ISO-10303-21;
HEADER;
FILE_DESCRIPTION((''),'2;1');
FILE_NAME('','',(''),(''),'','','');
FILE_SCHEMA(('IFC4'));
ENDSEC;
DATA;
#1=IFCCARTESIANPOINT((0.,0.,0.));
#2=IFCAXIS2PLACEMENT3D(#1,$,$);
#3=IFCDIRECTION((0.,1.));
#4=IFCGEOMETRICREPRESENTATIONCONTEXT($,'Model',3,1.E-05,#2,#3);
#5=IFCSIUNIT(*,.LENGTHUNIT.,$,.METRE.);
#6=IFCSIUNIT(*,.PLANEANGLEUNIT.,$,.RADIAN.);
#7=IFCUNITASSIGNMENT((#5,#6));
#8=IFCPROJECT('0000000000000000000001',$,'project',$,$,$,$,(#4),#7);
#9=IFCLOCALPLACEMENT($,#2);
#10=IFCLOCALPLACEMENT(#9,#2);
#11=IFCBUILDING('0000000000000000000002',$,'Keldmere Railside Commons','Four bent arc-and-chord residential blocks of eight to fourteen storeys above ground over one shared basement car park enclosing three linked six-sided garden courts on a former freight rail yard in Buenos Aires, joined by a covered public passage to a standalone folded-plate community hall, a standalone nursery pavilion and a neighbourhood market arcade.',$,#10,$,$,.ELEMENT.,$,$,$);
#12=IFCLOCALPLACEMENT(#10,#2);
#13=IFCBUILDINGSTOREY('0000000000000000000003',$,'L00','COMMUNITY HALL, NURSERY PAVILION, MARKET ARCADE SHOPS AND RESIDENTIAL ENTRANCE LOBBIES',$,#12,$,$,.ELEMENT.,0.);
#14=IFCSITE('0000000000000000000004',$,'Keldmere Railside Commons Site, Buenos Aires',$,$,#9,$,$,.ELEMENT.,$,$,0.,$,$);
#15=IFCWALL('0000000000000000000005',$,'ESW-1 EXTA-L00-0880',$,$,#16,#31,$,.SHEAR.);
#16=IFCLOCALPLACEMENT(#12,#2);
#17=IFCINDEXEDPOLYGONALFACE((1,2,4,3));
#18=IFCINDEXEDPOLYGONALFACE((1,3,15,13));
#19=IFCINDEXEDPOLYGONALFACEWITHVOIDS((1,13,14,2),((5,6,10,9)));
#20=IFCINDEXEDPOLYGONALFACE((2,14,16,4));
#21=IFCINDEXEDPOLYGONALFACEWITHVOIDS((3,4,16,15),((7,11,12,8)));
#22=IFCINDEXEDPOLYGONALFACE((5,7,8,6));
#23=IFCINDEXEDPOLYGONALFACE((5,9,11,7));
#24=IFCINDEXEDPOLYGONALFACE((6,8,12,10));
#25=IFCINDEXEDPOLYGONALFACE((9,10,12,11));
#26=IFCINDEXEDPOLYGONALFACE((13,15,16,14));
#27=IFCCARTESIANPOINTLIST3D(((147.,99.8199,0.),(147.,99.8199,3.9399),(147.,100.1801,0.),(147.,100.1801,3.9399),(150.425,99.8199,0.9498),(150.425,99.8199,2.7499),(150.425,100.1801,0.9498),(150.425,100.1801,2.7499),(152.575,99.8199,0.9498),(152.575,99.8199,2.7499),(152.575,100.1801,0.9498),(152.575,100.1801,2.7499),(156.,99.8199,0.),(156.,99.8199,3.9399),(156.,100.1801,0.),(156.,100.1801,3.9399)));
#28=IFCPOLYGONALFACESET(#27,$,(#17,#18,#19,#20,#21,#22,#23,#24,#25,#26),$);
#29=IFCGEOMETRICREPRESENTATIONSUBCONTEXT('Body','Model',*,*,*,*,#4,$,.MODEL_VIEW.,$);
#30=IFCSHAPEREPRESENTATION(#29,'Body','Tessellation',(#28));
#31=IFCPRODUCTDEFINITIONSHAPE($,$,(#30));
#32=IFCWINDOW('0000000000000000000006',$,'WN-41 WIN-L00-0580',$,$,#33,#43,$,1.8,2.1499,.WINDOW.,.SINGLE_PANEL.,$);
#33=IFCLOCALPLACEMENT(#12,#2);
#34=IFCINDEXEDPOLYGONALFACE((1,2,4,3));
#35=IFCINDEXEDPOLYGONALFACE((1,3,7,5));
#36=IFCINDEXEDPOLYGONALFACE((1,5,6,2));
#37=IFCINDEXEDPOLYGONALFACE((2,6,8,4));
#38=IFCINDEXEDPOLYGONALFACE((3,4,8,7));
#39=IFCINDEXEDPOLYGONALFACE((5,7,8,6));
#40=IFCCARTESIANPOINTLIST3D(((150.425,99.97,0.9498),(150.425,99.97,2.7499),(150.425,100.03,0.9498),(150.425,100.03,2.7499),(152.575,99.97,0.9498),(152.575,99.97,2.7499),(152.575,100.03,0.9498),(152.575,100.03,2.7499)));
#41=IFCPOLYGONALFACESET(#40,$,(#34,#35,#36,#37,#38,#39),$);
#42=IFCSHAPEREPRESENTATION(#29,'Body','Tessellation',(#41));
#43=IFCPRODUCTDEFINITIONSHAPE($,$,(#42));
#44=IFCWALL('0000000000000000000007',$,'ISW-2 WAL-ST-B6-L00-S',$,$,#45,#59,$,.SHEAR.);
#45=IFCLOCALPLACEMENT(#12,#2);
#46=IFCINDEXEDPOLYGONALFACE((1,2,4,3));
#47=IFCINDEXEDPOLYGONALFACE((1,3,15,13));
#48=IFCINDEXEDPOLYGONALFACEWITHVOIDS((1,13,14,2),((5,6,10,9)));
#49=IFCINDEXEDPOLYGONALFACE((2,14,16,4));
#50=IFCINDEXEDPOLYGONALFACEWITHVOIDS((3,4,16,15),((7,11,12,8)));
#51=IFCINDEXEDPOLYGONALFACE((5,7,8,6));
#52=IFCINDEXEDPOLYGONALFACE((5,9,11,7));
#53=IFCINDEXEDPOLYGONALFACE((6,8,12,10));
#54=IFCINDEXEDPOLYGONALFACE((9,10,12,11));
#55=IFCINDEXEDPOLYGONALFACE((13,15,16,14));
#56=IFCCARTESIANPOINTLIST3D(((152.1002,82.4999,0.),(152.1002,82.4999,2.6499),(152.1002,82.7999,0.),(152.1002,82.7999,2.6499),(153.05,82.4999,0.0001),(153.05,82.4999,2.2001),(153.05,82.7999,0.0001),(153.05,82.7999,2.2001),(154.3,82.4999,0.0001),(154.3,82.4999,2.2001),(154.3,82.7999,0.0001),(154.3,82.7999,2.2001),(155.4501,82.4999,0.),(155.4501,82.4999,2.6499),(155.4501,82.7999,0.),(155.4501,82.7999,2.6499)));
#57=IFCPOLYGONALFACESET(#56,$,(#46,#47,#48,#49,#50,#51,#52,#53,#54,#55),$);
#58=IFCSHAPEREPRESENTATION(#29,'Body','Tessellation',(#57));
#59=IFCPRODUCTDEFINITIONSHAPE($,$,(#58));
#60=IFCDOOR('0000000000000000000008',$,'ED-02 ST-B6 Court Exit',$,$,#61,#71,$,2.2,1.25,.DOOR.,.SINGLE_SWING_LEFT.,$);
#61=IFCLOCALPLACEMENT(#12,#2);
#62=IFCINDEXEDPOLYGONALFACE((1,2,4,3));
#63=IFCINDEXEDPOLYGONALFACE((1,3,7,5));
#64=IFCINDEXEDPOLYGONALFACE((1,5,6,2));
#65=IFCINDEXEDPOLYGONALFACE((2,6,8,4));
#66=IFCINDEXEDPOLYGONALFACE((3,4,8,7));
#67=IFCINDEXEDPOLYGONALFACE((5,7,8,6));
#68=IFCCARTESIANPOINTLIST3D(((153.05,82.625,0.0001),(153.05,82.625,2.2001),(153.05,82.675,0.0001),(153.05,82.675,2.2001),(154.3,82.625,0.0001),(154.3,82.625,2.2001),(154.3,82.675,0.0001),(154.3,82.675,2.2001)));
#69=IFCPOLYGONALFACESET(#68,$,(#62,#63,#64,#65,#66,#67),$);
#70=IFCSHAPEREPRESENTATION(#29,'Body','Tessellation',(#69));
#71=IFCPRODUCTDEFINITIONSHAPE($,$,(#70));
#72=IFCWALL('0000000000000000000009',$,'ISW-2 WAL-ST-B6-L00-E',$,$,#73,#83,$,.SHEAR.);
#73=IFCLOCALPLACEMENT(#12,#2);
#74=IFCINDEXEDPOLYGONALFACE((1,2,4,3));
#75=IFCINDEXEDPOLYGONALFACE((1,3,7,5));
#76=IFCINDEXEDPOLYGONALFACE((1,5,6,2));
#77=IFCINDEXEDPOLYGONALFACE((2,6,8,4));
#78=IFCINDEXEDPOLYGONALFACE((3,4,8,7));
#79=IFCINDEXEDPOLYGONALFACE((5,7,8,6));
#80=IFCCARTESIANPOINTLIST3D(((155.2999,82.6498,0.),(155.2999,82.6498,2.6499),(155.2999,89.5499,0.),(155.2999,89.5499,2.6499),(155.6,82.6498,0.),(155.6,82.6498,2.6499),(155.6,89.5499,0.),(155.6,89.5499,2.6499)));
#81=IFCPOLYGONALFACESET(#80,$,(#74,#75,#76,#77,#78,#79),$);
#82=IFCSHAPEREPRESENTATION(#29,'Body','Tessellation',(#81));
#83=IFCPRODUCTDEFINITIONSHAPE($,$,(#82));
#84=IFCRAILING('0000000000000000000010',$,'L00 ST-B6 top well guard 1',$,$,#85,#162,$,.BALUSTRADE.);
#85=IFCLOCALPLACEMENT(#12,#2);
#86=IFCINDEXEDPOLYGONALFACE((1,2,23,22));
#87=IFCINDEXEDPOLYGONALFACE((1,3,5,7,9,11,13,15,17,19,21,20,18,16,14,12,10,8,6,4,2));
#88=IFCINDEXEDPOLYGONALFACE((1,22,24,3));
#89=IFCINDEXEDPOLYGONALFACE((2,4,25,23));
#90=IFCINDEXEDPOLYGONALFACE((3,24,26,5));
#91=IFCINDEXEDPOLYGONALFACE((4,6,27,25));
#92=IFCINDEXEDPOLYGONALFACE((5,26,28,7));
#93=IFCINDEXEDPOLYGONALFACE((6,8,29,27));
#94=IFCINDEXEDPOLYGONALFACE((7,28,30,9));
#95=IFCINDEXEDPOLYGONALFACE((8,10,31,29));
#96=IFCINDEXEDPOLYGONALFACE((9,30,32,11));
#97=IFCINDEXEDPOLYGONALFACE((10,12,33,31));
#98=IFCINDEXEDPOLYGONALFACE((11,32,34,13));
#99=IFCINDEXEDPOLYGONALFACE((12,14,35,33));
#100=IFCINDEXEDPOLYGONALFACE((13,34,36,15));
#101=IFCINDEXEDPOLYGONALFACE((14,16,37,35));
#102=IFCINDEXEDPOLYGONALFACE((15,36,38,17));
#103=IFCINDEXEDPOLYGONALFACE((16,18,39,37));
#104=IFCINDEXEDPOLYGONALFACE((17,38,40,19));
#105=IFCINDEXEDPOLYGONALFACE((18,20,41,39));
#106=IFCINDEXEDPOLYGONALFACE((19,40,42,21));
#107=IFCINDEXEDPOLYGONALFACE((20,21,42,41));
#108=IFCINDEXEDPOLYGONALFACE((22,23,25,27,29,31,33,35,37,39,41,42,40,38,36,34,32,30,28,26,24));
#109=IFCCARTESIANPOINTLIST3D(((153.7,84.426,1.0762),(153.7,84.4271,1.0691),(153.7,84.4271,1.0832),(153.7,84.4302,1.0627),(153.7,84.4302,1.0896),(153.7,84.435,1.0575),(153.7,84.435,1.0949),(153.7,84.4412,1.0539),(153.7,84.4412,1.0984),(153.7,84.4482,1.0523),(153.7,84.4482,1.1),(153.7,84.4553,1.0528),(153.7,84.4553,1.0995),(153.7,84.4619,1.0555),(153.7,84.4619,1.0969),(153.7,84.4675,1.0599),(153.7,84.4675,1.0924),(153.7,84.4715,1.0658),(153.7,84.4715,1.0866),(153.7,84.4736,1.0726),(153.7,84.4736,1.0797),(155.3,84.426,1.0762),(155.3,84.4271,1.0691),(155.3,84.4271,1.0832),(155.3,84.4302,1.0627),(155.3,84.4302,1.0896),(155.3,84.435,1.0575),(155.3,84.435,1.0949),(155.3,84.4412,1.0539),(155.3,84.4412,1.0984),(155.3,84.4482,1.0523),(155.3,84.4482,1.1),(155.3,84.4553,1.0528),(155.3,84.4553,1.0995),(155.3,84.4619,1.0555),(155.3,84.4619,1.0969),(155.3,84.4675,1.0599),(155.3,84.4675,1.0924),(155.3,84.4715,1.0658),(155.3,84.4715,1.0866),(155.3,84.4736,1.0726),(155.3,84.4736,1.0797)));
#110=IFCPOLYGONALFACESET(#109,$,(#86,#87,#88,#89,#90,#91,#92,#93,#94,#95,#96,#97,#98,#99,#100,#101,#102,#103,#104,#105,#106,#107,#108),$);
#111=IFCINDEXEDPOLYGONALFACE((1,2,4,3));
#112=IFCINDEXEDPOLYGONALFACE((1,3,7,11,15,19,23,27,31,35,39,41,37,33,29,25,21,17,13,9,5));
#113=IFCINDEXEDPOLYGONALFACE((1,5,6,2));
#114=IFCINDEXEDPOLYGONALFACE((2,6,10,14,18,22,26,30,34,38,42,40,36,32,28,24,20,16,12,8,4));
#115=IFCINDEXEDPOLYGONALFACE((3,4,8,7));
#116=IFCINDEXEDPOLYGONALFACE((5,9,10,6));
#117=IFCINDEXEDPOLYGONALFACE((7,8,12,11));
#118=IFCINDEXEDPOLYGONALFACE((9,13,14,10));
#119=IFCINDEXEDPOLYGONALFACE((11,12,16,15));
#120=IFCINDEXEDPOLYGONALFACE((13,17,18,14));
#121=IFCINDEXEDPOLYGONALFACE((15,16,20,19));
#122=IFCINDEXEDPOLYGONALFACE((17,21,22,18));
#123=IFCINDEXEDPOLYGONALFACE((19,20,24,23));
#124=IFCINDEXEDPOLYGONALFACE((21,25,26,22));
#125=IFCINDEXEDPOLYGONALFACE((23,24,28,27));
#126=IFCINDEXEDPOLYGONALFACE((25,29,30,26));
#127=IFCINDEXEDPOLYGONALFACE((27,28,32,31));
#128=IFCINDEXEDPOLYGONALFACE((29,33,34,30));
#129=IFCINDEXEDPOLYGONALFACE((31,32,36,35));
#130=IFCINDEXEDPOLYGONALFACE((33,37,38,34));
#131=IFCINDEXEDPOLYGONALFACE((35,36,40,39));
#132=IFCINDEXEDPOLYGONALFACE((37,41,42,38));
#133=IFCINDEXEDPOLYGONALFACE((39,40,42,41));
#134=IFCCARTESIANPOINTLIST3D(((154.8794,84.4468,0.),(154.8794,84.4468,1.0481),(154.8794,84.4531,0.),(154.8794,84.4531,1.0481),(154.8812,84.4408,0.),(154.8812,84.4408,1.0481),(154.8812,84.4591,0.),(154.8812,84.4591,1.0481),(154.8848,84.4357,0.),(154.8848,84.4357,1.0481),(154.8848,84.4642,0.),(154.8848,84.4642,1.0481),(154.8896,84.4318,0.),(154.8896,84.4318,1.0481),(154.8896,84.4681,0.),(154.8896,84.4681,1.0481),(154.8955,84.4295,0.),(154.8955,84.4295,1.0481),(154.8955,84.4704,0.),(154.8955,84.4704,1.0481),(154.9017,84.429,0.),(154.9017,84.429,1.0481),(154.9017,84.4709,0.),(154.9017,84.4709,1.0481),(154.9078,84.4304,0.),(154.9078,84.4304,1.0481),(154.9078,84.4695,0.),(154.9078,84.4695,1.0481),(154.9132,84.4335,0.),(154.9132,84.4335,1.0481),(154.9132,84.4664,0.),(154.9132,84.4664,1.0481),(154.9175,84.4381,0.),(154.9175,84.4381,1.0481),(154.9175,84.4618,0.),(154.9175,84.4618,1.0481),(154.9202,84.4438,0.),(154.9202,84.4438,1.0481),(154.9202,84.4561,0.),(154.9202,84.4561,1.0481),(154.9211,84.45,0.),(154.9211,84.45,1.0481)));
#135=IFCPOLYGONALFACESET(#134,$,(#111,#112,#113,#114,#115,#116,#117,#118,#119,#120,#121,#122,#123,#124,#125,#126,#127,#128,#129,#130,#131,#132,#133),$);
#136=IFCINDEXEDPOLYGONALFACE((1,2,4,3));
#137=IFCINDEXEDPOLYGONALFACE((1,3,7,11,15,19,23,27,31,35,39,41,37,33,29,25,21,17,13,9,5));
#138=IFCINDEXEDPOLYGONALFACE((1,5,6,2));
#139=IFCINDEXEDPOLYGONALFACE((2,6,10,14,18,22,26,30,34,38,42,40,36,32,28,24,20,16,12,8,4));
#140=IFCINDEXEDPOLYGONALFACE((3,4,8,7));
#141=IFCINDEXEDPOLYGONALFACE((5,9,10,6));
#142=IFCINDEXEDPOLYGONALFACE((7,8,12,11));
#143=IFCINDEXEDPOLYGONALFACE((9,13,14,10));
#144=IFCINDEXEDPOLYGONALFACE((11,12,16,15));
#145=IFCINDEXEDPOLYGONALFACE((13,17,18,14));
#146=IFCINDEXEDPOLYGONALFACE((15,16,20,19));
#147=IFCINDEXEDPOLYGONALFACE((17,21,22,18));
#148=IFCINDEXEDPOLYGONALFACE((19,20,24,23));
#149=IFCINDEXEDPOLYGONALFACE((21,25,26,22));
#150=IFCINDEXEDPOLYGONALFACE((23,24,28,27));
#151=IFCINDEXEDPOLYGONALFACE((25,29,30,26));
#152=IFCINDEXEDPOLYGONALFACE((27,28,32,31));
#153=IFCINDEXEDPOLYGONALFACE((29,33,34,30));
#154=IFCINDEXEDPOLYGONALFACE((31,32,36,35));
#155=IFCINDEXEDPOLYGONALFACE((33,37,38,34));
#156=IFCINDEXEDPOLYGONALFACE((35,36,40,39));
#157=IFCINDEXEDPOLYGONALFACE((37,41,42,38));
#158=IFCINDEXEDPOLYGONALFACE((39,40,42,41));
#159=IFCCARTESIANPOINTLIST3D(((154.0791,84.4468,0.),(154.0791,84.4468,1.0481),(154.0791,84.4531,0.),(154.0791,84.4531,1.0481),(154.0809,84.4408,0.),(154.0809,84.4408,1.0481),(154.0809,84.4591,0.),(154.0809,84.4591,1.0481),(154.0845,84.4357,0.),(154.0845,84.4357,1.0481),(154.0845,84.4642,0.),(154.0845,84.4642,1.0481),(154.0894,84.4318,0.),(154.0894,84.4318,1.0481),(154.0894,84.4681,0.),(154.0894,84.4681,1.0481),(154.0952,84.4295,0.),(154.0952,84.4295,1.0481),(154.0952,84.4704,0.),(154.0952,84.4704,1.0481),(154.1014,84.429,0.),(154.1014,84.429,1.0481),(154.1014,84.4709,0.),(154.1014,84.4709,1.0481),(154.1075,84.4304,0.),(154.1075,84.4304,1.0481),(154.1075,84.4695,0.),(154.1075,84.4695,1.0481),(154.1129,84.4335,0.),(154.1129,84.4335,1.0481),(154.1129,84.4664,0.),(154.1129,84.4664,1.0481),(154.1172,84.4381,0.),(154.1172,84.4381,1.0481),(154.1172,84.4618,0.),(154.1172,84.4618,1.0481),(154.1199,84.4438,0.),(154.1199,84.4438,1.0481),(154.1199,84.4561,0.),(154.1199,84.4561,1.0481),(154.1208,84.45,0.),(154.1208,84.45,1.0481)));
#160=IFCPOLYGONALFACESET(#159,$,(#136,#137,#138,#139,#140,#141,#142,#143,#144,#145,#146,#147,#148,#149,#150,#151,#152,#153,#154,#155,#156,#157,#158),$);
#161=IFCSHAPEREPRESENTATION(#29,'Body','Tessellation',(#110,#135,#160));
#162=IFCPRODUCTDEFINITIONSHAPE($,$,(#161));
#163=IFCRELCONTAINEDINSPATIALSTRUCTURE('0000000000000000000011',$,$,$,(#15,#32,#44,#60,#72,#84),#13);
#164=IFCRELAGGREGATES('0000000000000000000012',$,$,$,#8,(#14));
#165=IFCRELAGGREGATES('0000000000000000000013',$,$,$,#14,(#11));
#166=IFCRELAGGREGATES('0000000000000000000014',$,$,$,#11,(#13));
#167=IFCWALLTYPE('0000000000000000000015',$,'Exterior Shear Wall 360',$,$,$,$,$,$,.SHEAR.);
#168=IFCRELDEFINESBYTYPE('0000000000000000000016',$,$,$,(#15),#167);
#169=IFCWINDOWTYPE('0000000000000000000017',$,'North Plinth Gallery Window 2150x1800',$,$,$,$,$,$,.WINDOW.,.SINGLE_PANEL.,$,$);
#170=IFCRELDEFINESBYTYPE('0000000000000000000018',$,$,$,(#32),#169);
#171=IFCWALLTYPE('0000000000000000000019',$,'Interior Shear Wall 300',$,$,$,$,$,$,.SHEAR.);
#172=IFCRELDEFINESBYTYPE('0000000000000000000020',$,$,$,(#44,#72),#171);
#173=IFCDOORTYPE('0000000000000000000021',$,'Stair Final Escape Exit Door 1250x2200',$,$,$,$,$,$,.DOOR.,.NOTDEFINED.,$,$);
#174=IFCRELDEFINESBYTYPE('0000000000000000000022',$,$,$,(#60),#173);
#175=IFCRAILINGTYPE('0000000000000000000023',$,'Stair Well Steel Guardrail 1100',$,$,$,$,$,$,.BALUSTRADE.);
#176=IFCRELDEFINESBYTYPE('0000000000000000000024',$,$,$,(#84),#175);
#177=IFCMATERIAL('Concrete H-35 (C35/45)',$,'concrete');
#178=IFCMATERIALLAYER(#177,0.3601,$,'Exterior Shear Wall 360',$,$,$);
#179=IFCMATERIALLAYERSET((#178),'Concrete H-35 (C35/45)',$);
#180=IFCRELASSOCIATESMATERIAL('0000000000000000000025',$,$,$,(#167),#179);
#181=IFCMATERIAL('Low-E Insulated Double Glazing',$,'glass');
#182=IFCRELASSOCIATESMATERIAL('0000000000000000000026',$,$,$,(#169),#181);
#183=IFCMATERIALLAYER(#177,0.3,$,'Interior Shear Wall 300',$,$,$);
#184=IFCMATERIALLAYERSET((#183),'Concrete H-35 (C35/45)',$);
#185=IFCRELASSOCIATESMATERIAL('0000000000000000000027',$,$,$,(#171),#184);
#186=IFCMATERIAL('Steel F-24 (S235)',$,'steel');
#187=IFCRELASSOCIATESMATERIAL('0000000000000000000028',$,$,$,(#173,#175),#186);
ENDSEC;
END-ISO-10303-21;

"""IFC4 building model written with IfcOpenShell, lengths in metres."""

from ifc_helpers import new_model, si_unit, direction, frame, frame_2d, origin, origin_2d, place, context, subcontext, project, spatial, rectangle, circle, extrude, material, layer, layer_set, type_object, element, fill, save


model = new_model("IFC4")

# Units and contexts
model_context = context("Model", 3, precision=1e-05, world=origin(), true_north=direction((0.0, 1.0)))
body_context = subcontext(model_context, "Body", "Model", "MODEL_VIEW")
ifc_project = project(units=[si_unit("LENGTHUNIT", "METRE"), si_unit("PLANEANGLEUNIT", "RADIAN")], contexts=[model_context])

# Site, building, storey
site_placement = place(None, origin())
site = spatial("IfcSite", under=ifc_project, at=site_placement, Name="Keldmere Railside Commons Site, Buenos Aires", CompositionType="ELEMENT", RefElevation=0.0)
building_placement = place(site_placement, origin())
building = spatial("IfcBuilding", under=site, at=building_placement, Name="Keldmere Railside Commons", Description="Four bent arc-and-chord residential blocks of eight to fourteen storeys above ground over one shared basement car park enclosing three linked six-sided garden courts on a former freight rail yard in Buenos Aires, joined by a covered public passage to a standalone folded-plate community hall, a standalone nursery pavilion and a neighbourhood market arcade.", CompositionType="ELEMENT")
storey_placement = place(building_placement, origin())
storey = spatial("IfcBuildingStorey", under=building, at=storey_placement, Name="L00", Description="COMMUNITY HALL, NURSERY PAVILION, MARKET ARCADE SHOPS AND RESIDENTIAL ENTRANCE LOBBIES", CompositionType="ELEMENT", Elevation=0.0)

# Shared definitions
ifc_material_1 = material(Name="Low-E Insulated Double Glazing", Category="glass")

# Wall, opening, window
ifc_material_2 = material(Name="Concrete H-35 (C35/45)", Category="concrete")
ifc_layer_1 = layer(ifc_material_2, 0.3601, Name="Exterior Shear Wall 360")
ifc_layer_set_1 = layer_set([ifc_layer_1], Name="Concrete H-35 (C35/45)")
wall_type_1 = type_object("IfcWallType", Name="Exterior Shear Wall 360", PredefinedType="SHEAR", material=ifc_layer_set_1)
wall_1_placement = place(storey_placement, frame((156.0, 100.0, 0.0), z_axis=(0.0, 0.0, 1.0), x_axis=(-1.0, 0.0, 0.0)))
wall_1 = element("IfcWall", 1, at=wall_1_placement, inside=storey, type_object=wall_type_1, Name="ESW-1 EXTA-L00-0880", PredefinedType="SHEAR", context=body_context, shape_type="SweptSolid", body=[
    extrude(rectangle(XDim=9.0, YDim=0.3601, at=frame_2d((4.5, 0.0))), origin(), (0.0, 0.0, 1.0), 3.9399),
])
opening_1_placement = place(wall_1_placement, frame((3.425, 0.0, 0.95)))
opening_1 = element("IfcOpeningElement", 2, at=opening_1_placement, cuts=wall_1, PredefinedType="OPENING", context=body_context, shape_type="SweptSolid", body=[
    extrude(rectangle(XDim=2.1499, YDim=1.8, at=frame_2d((1.075, 0.8999))), frame((0.0, 0.1899, 0.0), z_axis=(0.0, -1.0, 0.0), x_axis=(1.0, 0.0, 0.0)), (0.0, 0.0, 1.0), 0.3801),
])
window_type = type_object("IfcWindowType", Name="North Plinth Gallery Window 2150x1800", PartitioningType="SINGLE_PANEL", PredefinedType="WINDOW", material=ifc_material_1)
window_placement = place(opening_1_placement, origin())
window = element("IfcWindow", 3, at=window_placement, inside=storey, type_object=window_type, Name="WN-41 WIN-L00-0580", OverallHeight=1.8, OverallWidth=2.1499, PartitioningType="SINGLE_PANEL", PredefinedType="WINDOW", context=body_context, shape_type="SweptSolid", body=[
    extrude(rectangle(XDim=2.1499, YDim=1.8, at=frame_2d((1.075, 0.8999))), frame((0.0, 0.03, 0.0), z_axis=(0.0, -1.0, 0.0), x_axis=(1.0, 0.0, 0.0)), (0.0, 0.0, 1.0), 0.0601),
])
fill(opening_1, window)

# Wall, opening, door
ifc_layer_2 = layer(ifc_material_2, 0.3, Name="Interior Shear Wall 300")
ifc_layer_set_2 = layer_set([ifc_layer_2], Name="Concrete H-35 (C35/45)")
wall_type_2 = type_object("IfcWallType", Name="Interior Shear Wall 300", PredefinedType="SHEAR", material=ifc_layer_set_2)
wall_2_placement = place(storey_placement, frame((155.45, 82.6499, 0.0), z_axis=(0.0, 0.0, 1.0), x_axis=(-1.0, 0.0, 0.0)))
wall_2 = element("IfcWall", 4, at=wall_2_placement, inside=storey, type_object=wall_type_2, Name="ISW-2 WAL-ST-B6-L00-S", PredefinedType="SHEAR", context=body_context, shape_type="SweptSolid", body=[
    extrude(rectangle(XDim=3.3499, YDim=0.3, at=frame_2d((1.6748, 0.0))), origin(), (0.0, 0.0, 1.0), 2.6499),
])
opening_2_placement = place(wall_2_placement, frame((1.1499, 0.0, 0.0)))
opening_2 = element("IfcOpeningElement", 5, at=opening_2_placement, cuts=wall_2, PredefinedType="OPENING", context=body_context, shape_type="SweptSolid", body=[
    extrude(rectangle(XDim=1.25, YDim=2.2, at=frame_2d((0.625, 1.1001))), frame((0.0, 0.1599, 0.0), z_axis=(0.0, -1.0, 0.0), x_axis=(1.0, 0.0, 0.0)), (0.0, 0.0, 1.0), 0.3201),
])
ifc_material_3 = material(Name="Steel F-24 (S235)", Category="steel")
door_type = type_object("IfcDoorType", Name="Stair Final Escape Exit Door 1250x2200", OperationType="NOTDEFINED", PredefinedType="DOOR", material=ifc_material_3)
door_placement = place(opening_2_placement, origin())
door = element("IfcDoor", 6, at=door_placement, inside=storey, type_object=door_type, Name="ED-02 ST-B6 Court Exit", OperationType="SINGLE_SWING_LEFT", OverallHeight=2.2, OverallWidth=1.25, PredefinedType="DOOR", context=body_context, shape_type="SweptSolid", body=[
    extrude(rectangle(XDim=1.25, YDim=2.2, at=frame_2d((0.625, 1.1001))), frame((0.0, 0.0249, 0.0), z_axis=(0.0, -1.0, 0.0), x_axis=(1.0, 0.0, 0.0)), (0.0, 0.0, 1.0), 0.05),
])
fill(opening_2, door)

# Wall
wall_3_placement = place(storey_placement, frame((155.45, 89.55, 0.0), z_axis=(0.0, 0.0, 1.0), x_axis=(0.0, -1.0, 0.0)))
element("IfcWall", 7, at=wall_3_placement, inside=storey, type_object=wall_type_2, Name="ISW-2 WAL-ST-B6-L00-E", PredefinedType="SHEAR", context=body_context, shape_type="SweptSolid", body=[
    extrude(rectangle(XDim=6.9001, YDim=0.3, at=frame_2d((3.4502, 0.0))), origin(), (0.0, 0.0, 1.0), 2.6499),
])

# Railing
railing_type = type_object("IfcRailingType", Name="Stair Well Steel Guardrail 1100", PredefinedType="BALUSTRADE", material=ifc_material_3)
railing_1_placement = place(storey_placement, frame((155.3, 84.45, 0.0)))
element("IfcRailing", 8, at=railing_1_placement, inside=storey, type_object=railing_type, Name="L00 ST-B6 top well guard 1", PredefinedType="BALUSTRADE", context=body_context, shape_type="SweptSolid", body=[
    extrude(circle(Radius=0.0239, at=origin_2d()), frame((0.0, 0.0, 1.0762), z_axis=(-1.0, 0.0, 0.0), x_axis=(0.0, -1.0, 0.0)), (0.0, 0.0, 1.0), 1.6001),
    extrude(circle(Radius=0.021, at=origin_2d()), frame((-0.3999, 0.0, 0.0)), (0.0, 0.0, 1.0), 1.0481),
    extrude(circle(Radius=0.021, at=origin_2d()), frame((-1.2002, 0.0, 0.0)), (0.0, 0.0, 1.0), 1.0481),
])

save(model, "model.ifc")
